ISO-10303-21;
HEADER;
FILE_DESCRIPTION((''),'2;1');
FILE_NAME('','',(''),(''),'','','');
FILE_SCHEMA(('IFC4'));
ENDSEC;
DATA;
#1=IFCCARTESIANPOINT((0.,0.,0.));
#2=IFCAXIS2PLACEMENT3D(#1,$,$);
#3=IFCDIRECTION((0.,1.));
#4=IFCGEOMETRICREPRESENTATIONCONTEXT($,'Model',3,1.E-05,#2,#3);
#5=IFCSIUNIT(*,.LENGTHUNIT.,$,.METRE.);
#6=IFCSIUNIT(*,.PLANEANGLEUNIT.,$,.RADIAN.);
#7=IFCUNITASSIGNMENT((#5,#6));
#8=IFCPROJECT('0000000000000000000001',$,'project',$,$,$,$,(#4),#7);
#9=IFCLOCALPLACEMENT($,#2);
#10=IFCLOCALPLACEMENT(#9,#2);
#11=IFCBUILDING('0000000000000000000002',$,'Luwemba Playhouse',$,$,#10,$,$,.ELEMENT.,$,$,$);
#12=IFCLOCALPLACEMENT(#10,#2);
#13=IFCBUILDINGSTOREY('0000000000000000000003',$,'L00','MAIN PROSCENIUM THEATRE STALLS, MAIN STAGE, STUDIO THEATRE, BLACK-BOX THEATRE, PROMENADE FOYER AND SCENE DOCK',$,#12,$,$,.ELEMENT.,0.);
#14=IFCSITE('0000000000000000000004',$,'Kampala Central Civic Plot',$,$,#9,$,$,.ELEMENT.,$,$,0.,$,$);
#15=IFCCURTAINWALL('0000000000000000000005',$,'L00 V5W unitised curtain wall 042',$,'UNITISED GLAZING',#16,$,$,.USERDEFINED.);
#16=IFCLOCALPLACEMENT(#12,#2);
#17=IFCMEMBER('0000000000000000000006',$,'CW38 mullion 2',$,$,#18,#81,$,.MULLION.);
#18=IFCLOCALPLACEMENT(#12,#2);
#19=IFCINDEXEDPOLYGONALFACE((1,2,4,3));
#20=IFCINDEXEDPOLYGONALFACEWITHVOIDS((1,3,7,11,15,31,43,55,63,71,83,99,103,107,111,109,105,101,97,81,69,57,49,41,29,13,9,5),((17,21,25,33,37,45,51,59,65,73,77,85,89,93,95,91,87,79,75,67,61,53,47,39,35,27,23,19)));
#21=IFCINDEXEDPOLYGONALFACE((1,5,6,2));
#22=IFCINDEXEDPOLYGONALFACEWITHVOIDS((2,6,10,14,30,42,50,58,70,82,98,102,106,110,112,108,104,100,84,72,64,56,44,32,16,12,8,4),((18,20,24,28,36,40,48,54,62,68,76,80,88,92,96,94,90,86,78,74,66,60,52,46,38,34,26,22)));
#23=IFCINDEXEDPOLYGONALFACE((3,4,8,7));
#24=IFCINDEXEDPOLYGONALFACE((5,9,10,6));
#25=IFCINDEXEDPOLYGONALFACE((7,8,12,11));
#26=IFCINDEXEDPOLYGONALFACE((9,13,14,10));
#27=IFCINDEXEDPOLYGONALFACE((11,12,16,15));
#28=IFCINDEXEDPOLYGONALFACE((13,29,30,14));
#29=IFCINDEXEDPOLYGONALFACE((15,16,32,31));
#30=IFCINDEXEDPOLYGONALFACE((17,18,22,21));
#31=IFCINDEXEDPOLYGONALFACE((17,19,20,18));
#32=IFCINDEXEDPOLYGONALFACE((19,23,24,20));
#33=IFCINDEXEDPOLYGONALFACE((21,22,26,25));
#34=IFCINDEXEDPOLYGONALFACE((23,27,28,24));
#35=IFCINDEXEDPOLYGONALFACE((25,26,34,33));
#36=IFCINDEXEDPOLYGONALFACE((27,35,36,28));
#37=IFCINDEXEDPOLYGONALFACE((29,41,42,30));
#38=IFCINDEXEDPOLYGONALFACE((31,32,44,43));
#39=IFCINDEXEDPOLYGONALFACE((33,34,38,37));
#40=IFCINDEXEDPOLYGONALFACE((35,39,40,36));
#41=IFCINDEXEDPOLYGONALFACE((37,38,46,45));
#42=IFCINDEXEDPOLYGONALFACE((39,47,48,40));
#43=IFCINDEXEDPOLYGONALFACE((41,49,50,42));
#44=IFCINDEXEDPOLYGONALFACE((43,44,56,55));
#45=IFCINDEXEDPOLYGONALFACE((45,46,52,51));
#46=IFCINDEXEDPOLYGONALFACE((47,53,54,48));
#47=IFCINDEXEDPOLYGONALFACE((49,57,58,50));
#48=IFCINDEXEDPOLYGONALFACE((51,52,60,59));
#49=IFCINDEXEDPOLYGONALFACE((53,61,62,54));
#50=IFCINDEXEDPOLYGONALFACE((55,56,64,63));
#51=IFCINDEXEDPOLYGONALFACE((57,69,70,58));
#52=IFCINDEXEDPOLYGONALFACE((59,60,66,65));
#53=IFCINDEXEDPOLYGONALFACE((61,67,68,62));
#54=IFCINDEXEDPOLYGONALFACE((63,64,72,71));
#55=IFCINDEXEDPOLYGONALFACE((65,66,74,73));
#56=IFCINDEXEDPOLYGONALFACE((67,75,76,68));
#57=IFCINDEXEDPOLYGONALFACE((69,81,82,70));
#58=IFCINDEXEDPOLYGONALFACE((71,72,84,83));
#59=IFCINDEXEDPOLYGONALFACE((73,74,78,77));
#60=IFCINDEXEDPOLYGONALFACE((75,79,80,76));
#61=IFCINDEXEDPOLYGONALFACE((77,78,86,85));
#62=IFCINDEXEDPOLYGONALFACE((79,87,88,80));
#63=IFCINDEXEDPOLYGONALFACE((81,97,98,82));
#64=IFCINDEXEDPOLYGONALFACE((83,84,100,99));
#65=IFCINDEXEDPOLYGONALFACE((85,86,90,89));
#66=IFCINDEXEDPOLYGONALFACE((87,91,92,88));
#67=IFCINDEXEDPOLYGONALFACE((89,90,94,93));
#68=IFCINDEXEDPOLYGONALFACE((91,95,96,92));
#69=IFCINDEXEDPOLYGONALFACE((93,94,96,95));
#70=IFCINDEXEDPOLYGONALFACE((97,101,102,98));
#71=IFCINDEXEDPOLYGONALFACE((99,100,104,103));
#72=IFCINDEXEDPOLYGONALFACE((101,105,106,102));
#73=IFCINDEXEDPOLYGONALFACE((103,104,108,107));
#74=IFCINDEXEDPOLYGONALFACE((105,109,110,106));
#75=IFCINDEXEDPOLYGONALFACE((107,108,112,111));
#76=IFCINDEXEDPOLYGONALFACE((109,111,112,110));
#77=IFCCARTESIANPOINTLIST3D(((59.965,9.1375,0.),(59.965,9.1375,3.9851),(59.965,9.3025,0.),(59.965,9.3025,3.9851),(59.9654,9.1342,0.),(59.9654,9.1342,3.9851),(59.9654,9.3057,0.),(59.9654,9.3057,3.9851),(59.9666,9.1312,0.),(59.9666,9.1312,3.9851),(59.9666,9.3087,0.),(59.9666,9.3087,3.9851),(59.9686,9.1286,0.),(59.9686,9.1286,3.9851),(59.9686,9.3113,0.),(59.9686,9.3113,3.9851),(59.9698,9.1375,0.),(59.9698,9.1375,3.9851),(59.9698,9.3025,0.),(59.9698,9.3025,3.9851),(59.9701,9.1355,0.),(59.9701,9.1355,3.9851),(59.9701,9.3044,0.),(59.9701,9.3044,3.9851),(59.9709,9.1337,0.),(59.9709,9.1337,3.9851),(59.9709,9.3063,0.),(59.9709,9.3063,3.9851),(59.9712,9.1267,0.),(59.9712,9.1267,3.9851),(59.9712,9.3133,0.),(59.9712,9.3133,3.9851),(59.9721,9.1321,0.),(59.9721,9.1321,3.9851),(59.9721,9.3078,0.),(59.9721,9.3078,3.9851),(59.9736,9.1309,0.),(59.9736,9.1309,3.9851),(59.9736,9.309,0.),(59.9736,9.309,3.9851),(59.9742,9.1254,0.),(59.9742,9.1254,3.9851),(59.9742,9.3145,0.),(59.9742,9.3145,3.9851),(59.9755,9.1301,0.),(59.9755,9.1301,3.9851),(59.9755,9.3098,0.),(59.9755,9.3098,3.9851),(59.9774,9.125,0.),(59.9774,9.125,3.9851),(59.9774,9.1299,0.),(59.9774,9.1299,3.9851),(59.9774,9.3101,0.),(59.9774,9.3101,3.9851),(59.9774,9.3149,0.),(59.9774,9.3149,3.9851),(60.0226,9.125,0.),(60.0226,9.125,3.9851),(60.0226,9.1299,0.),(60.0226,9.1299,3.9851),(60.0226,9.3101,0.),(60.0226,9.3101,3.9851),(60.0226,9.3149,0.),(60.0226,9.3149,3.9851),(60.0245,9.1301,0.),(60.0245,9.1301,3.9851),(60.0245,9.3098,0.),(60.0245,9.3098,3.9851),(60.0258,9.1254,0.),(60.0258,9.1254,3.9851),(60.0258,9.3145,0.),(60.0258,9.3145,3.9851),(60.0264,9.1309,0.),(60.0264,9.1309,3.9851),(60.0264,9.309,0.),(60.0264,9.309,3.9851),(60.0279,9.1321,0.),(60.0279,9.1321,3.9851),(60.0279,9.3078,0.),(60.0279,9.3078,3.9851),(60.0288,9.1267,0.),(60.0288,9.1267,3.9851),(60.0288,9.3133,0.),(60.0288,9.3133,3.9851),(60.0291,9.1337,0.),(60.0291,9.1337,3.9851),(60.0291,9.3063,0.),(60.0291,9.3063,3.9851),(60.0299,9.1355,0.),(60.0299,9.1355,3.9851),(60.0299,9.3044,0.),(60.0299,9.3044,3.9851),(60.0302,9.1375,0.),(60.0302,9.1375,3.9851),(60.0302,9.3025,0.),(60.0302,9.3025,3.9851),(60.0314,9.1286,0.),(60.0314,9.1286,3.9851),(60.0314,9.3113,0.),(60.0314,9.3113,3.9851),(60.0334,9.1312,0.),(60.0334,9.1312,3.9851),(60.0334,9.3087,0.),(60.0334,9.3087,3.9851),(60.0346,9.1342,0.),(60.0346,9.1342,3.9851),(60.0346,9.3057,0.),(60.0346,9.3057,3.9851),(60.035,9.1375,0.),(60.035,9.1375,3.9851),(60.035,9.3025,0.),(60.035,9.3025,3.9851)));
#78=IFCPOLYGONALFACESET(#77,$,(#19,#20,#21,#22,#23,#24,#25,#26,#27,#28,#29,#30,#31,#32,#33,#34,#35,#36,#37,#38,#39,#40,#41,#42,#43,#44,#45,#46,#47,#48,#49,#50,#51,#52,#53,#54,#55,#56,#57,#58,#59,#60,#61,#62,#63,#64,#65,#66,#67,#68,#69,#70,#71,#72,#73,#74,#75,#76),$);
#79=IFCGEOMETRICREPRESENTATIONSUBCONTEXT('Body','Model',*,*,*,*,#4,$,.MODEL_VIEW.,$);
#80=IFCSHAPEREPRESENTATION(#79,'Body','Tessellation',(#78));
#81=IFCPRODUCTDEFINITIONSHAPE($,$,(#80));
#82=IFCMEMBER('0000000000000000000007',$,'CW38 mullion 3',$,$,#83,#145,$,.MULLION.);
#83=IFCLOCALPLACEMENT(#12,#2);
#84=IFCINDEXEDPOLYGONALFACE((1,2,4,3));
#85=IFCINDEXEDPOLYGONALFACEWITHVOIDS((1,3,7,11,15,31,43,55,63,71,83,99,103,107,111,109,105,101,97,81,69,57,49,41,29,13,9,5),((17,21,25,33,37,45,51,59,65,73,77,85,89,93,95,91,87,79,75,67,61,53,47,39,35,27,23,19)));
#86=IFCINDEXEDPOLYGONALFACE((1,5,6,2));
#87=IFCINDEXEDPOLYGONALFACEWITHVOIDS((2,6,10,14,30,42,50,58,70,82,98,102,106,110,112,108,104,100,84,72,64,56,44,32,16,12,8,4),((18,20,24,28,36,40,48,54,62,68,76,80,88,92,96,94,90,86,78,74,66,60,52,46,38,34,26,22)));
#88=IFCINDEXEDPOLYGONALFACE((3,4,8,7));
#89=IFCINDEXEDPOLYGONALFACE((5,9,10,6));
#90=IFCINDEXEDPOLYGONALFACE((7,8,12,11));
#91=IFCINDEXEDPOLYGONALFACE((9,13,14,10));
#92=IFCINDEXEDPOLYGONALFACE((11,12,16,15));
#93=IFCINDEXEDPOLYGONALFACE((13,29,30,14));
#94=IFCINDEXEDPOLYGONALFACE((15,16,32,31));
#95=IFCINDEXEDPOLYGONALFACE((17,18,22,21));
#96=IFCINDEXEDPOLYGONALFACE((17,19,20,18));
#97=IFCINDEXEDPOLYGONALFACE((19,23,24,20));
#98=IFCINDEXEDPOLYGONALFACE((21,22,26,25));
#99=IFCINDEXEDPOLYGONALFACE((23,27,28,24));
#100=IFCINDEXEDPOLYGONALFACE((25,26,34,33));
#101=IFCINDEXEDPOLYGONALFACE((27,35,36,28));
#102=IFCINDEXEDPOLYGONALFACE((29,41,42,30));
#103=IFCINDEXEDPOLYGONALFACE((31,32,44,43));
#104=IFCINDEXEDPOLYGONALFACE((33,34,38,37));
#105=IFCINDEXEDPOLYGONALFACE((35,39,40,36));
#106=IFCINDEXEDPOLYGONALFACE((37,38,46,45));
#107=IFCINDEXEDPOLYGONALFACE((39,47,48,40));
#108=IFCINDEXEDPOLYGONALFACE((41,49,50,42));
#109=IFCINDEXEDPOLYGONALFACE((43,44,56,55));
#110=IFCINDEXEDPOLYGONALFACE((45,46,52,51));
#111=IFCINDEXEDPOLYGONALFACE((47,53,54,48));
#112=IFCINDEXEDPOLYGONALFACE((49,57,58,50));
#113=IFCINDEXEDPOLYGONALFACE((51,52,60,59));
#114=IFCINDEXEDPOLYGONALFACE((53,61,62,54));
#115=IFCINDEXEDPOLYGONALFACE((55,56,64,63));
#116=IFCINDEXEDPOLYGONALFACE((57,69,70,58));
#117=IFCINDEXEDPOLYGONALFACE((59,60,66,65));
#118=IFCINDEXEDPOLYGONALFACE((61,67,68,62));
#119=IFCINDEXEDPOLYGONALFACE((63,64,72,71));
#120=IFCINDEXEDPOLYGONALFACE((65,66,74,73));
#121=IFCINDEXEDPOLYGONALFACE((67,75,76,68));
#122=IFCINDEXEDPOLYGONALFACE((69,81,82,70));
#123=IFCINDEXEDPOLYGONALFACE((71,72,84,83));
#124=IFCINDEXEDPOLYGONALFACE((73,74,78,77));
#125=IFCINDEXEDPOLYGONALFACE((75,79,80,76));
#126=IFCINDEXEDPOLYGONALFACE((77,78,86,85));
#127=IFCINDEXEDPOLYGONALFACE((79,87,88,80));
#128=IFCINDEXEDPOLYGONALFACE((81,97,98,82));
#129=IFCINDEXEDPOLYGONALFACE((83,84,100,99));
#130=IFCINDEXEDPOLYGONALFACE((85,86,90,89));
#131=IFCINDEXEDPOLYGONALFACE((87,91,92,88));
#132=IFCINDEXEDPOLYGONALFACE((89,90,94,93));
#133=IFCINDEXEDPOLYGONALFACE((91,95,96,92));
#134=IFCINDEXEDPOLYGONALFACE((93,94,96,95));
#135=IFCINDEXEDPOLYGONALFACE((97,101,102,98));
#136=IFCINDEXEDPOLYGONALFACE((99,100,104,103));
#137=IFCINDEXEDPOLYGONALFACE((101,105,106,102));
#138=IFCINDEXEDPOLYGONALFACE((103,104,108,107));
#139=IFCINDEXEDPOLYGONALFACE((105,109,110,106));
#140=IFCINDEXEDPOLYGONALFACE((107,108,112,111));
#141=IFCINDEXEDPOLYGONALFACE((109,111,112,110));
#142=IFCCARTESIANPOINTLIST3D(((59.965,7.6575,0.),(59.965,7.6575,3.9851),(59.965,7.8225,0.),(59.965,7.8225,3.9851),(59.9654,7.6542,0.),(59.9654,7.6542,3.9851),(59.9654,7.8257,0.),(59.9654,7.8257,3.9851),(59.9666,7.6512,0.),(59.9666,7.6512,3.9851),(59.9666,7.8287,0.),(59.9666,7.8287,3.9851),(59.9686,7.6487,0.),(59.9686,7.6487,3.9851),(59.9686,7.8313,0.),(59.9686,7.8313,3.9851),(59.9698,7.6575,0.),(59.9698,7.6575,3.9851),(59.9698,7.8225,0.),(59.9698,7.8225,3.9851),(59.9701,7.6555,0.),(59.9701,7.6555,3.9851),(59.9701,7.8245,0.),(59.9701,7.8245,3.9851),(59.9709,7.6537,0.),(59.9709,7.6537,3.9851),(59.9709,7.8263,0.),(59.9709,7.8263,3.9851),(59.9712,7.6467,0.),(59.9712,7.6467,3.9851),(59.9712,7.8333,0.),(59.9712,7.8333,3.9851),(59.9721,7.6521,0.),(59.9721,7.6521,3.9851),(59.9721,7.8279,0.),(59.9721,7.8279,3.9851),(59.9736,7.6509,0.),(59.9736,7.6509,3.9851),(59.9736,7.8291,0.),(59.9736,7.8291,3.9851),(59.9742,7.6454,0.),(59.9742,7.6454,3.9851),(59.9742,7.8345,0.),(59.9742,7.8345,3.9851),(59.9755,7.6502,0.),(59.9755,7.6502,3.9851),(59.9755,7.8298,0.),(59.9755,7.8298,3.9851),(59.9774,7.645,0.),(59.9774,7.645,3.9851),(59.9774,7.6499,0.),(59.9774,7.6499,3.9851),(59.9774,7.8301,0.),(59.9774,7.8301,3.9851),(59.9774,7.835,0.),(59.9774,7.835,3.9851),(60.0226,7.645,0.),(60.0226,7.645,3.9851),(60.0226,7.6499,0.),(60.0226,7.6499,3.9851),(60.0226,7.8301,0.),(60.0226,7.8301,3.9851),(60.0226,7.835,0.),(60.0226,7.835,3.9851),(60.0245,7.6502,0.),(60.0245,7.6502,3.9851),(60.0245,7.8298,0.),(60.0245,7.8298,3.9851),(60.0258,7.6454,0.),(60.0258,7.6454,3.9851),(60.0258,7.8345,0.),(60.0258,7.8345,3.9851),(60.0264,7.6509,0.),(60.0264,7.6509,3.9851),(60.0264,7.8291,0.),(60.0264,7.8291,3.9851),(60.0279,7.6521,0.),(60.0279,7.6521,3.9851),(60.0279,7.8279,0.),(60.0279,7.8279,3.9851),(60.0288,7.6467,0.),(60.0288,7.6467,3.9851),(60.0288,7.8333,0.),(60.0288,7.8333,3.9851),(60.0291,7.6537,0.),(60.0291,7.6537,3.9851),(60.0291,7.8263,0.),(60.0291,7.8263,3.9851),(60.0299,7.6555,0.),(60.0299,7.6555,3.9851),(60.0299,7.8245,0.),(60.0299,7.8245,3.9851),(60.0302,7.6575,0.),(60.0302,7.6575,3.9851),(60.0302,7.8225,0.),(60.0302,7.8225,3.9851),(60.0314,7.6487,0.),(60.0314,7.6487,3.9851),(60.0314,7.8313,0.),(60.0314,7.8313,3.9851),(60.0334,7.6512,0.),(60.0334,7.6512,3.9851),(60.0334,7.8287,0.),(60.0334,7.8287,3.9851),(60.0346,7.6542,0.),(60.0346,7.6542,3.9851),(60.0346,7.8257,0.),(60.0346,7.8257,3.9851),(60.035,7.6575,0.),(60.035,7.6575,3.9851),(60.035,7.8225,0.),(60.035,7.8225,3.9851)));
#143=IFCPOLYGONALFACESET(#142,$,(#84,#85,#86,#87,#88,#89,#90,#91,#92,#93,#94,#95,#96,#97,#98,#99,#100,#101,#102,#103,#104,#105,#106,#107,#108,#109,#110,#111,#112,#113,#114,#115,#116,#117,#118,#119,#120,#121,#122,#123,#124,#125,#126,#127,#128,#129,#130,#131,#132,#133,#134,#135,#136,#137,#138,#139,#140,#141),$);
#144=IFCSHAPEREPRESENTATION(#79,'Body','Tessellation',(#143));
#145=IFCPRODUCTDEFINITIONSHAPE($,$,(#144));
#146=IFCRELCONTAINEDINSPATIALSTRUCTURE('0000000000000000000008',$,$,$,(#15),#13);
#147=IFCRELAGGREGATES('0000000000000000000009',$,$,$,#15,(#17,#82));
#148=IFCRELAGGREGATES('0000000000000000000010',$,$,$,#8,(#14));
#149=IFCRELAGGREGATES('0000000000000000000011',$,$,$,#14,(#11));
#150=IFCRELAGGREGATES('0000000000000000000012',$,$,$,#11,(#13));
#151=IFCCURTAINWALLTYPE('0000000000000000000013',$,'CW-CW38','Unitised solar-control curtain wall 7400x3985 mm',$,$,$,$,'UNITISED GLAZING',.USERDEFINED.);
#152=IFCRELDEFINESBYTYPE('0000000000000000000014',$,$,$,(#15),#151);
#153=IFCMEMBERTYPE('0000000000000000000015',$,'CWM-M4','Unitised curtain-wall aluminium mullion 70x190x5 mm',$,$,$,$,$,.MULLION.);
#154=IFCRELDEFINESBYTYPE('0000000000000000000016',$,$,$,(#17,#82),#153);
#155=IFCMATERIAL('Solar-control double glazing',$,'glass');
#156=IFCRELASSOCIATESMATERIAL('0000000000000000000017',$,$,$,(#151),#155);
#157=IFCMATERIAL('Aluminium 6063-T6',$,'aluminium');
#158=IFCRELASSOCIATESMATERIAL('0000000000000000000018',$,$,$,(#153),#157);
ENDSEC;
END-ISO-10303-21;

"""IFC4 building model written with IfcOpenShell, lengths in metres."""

from ifc_helpers import new_model, si_unit, direction, frame, origin, origin_2d, place, context, subcontext, project, spatial, hollow_rectangle, extrude, material, material_profile, profile_set, type_object, element, aggregate, save


model = new_model("IFC4")

# Units and contexts
model_context = context("Model", 3, precision=1e-05, world=origin(), true_north=direction((0.0, 1.0)))
body_context = subcontext(model_context, "Body", "Model", "MODEL_VIEW")
ifc_project = project(units=[si_unit("LENGTHUNIT", "METRE"), si_unit("PLANEANGLEUNIT", "RADIAN")], contexts=[model_context])

# Site, building, storey
site_placement = place(None, origin())
site = spatial("IfcSite", under=ifc_project, at=site_placement, Name="Kampala Central Civic Plot", CompositionType="ELEMENT", RefElevation=0.0)
building_placement = place(site_placement, origin())
building = spatial("IfcBuilding", under=site, at=building_placement, Name="Luwemba Playhouse", CompositionType="ELEMENT")
storey_placement = place(building_placement, origin())
storey = spatial("IfcBuildingStorey", under=building, at=storey_placement, Name="L00", Description="MAIN PROSCENIUM THEATRE STALLS, MAIN STAGE, STUDIO THEATRE, BLACK-BOX THEATRE, PROMENADE FOYER AND SCENE DOCK", CompositionType="ELEMENT", Elevation=0.0)

# Shared definitions
ifc_material_1 = material(Name="Solar-control double glazing", Category="glass")
ifc_material_2 = material(Name="Aluminium 6063-T6", Category="aluminium")

# Curtain wall, members
curtain_wall_type_1 = type_object("IfcCurtainWallType", Name="CW-CW38", Description="Unitised solar-control curtain wall 7400x3985 mm", ElementType="UNITISED GLAZING", PredefinedType="USERDEFINED", material=ifc_material_1)
curtain_wall_1_placement = place(storey_placement, origin())
curtain_wall_1 = element("IfcCurtainWall", 1, at=curtain_wall_1_placement, inside=storey, type_object=curtain_wall_type_1, Name="L00 V5W unitised curtain wall 042", ObjectType="UNITISED GLAZING", PredefinedType="USERDEFINED")
ifc_material_profile_1 = material_profile(ifc_material_2, hollow_rectangle(XDim=0.0701, YDim=0.1899, WallThickness=0.0049, InnerFilletRadius=0.0076, OuterFilletRadius=0.0125, at=origin_2d()))
ifc_profile_set_1 = profile_set([ifc_material_profile_1], Name="Aluminium 6063-T6")
member_type_1 = type_object("IfcMemberType", Name="CWM-M4", Description="Unitised curtain-wall aluminium mullion 70x190x5 mm", PredefinedType="MULLION", material=ifc_profile_set_1)
member_1_placement = place(storey_placement, frame((60.0, 9.22, 0.0), z_axis=(0.0, 0.0, 1.0), x_axis=(1.0, 0.0, 0.0)))
member_1 = element("IfcMember", 2, at=member_1_placement, type_object=member_type_1, Name="CW38 mullion 2", PredefinedType="MULLION", context=body_context, shape_type="SweptSolid", body=[
    extrude(hollow_rectangle(XDim=0.0701, YDim=0.1899, WallThickness=0.0049, InnerFilletRadius=0.0076, OuterFilletRadius=0.0125, at=origin_2d()), origin(), (0.0, 0.0, 1.0), 3.9851),
])
member_2_placement = place(storey_placement, frame((60.0, 7.74, 0.0), z_axis=(0.0, 0.0, 1.0), x_axis=(1.0, 0.0, 0.0)))
member_2 = element("IfcMember", 3, at=member_2_placement, type_object=member_type_1, Name="CW38 mullion 3", PredefinedType="MULLION", context=body_context, shape_type="SweptSolid", body=[
    extrude(hollow_rectangle(XDim=0.0701, YDim=0.1899, WallThickness=0.0049, InnerFilletRadius=0.0076, OuterFilletRadius=0.0125, at=origin_2d()), origin(), (0.0, 0.0, 1.0), 3.9851),
])

aggregate(curtain_wall_1, [member_1, member_2])

save(model, "model.ifc")
